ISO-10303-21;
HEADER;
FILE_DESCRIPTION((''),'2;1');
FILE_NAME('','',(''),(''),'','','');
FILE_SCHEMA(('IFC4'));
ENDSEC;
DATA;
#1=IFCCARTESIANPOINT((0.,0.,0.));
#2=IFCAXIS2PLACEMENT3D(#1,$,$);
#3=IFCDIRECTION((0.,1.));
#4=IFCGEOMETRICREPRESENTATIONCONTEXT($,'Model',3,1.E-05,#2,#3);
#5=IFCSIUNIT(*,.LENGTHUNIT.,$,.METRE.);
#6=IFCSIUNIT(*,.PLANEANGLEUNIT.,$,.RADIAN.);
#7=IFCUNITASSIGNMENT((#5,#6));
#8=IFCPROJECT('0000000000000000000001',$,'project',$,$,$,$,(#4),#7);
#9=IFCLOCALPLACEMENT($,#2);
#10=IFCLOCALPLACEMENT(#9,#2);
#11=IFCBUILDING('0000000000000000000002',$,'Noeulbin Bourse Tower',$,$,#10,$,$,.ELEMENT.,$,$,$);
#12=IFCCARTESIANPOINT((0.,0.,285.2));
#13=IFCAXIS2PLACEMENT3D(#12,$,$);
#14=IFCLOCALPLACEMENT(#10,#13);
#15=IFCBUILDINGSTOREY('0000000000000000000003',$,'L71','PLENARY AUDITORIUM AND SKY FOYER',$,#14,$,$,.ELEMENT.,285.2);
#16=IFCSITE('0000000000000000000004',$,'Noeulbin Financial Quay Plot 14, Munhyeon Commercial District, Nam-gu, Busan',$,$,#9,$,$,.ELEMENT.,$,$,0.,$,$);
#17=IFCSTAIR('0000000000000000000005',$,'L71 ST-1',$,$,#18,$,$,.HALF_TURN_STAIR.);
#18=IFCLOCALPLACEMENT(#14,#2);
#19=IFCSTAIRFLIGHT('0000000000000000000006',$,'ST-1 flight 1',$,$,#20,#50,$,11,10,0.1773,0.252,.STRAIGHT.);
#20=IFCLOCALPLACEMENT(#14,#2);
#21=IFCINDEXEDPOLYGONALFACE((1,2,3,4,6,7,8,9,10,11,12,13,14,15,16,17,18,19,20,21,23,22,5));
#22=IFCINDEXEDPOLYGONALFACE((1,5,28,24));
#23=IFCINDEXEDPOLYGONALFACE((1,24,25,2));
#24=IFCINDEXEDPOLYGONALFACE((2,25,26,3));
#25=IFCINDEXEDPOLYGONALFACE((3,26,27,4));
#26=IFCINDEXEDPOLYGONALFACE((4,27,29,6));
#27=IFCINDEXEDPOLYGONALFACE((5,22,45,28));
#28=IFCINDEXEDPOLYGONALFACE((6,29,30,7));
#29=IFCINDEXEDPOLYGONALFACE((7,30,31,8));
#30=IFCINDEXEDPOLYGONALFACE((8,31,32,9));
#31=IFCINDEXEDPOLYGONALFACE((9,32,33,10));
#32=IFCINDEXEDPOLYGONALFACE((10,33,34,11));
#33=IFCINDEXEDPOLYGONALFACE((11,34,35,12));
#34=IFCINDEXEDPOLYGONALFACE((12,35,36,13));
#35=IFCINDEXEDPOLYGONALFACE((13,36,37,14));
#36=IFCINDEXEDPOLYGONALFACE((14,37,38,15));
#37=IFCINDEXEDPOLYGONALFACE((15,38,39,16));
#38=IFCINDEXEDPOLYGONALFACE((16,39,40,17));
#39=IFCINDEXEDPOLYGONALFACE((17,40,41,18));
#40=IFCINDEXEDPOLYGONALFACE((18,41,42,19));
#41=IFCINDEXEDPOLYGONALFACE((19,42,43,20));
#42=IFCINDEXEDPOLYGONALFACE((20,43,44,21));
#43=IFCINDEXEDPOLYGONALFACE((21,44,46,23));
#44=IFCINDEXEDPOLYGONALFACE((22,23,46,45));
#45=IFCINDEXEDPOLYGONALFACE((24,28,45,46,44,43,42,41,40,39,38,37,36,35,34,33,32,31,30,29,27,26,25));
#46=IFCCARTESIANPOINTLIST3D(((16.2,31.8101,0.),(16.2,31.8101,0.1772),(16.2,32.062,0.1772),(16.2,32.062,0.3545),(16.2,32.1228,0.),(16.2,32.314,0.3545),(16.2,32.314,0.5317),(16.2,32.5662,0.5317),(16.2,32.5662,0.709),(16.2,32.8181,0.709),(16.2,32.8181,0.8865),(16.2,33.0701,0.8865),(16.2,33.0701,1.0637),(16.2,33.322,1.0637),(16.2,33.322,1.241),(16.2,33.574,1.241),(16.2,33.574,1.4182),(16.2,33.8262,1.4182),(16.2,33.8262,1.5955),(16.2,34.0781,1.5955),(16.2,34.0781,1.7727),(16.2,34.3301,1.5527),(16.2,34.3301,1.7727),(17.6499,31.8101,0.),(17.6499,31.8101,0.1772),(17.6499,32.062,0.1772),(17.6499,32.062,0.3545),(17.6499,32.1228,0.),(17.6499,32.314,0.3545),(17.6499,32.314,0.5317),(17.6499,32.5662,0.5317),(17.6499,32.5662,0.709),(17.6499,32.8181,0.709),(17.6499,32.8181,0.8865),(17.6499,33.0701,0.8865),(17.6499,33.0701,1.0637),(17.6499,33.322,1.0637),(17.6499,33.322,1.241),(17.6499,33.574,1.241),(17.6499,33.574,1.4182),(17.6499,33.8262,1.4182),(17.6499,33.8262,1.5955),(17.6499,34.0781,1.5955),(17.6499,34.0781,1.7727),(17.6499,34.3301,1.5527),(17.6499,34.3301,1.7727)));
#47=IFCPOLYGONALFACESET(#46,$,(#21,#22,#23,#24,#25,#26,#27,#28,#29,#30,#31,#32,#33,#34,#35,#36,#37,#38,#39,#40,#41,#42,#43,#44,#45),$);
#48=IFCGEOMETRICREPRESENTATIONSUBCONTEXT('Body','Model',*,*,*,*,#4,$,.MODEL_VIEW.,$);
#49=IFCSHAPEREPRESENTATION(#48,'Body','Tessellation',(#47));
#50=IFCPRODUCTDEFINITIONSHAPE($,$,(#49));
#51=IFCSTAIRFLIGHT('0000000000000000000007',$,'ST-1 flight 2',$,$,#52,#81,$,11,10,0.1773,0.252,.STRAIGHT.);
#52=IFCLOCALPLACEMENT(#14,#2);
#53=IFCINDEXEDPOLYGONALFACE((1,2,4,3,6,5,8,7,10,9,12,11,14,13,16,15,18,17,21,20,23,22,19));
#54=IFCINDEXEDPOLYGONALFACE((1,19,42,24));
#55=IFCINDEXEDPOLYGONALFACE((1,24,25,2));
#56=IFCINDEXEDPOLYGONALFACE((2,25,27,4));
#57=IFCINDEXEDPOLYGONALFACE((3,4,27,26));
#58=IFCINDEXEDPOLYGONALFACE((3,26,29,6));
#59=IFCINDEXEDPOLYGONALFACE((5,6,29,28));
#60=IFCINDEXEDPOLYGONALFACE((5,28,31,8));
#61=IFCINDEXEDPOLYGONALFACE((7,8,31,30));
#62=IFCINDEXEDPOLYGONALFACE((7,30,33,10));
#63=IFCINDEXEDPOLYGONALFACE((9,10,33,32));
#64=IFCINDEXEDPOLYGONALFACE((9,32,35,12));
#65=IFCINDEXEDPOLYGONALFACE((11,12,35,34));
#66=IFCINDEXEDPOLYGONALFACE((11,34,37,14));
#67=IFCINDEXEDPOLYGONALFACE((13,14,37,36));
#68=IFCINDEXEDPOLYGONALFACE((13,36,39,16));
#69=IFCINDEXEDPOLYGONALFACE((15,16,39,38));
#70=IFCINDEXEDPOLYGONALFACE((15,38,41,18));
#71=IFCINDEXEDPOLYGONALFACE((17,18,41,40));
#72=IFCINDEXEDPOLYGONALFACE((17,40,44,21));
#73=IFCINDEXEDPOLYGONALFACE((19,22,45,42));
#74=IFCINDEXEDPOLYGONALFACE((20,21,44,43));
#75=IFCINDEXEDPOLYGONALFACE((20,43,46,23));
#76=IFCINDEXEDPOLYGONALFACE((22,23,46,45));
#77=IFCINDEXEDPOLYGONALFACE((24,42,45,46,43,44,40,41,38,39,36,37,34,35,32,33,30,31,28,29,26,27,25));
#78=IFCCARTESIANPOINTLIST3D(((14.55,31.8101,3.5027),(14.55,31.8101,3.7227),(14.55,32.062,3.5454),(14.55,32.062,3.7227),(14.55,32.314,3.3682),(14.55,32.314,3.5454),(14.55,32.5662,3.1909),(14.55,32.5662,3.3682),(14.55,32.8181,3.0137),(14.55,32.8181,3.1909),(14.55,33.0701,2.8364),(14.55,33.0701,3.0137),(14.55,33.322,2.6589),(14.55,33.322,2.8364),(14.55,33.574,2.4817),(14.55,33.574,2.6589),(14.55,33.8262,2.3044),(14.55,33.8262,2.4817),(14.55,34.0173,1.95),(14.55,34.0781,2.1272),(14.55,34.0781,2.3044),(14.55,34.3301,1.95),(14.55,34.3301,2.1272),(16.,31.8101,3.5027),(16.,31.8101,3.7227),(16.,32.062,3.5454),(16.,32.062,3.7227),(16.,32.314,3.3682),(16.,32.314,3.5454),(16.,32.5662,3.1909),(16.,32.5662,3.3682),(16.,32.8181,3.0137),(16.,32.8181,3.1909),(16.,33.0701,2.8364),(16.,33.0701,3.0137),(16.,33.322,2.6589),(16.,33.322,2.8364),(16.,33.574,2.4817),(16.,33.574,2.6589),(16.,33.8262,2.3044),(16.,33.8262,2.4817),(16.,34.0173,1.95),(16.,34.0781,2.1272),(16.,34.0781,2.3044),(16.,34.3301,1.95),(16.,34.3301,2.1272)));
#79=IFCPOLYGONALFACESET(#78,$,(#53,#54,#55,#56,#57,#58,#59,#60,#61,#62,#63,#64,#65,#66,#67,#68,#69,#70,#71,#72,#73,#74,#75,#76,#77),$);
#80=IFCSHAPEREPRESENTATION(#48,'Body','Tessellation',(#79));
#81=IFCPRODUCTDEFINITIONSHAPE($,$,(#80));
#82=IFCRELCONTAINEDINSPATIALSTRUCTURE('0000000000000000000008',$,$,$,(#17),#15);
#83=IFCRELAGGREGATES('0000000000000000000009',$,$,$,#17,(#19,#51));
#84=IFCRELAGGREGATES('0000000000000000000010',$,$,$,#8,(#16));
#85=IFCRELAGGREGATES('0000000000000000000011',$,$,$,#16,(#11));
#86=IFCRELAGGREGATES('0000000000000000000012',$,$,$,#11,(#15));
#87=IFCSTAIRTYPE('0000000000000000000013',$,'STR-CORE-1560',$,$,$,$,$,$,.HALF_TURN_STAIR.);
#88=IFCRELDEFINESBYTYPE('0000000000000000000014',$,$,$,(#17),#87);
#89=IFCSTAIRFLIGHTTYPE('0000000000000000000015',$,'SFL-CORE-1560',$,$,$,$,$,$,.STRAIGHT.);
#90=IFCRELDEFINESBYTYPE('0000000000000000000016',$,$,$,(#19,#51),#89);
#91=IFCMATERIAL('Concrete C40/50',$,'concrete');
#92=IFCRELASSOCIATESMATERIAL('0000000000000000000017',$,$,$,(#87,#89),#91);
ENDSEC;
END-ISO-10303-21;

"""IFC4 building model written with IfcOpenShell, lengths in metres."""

from ifc_helpers import new_model, si_unit, direction, frame, origin, place, context, subcontext, project, spatial, polyline, outline, extrude, material, type_object, element, aggregate, save


model = new_model("IFC4")

# Units and contexts
model_context = context("Model", 3, precision=1e-05, world=origin(), true_north=direction((0.0, 1.0)))
body_context = subcontext(model_context, "Body", "Model", "MODEL_VIEW")
ifc_project = project(units=[si_unit("LENGTHUNIT", "METRE"), si_unit("PLANEANGLEUNIT", "RADIAN")], contexts=[model_context])

# Site, building, storey
site_placement = place(None, origin())
site = spatial("IfcSite", under=ifc_project, at=site_placement, Name="Noeulbin Financial Quay Plot 14, Munhyeon Commercial District, Nam-gu, Busan", CompositionType="ELEMENT", RefElevation=0.0)
building_placement = place(site_placement, origin())
building = spatial("IfcBuilding", under=site, at=building_placement, Name="Noeulbin Bourse Tower", CompositionType="ELEMENT")
storey_placement = place(building_placement, frame((0.0, 0.0, 285.2)))
storey = spatial("IfcBuildingStorey", under=building, at=storey_placement, Name="L71", Description="PLENARY AUDITORIUM AND SKY FOYER", CompositionType="ELEMENT", Elevation=285.2)

# Shared definitions
ifc_material_1 = material(Name="Concrete C40/50", Category="concrete")

# Stair, stair flights
stair_type = type_object("IfcStairType", Name="STR-CORE-1560", PredefinedType="HALF_TURN_STAIR", material=ifc_material_1)
stair_placement = place(storey_placement, origin())
stair = element("IfcStair", 1, at=stair_placement, inside=storey, type_object=stair_type, Name="L71 ST-1", PredefinedType="HALF_TURN_STAIR")
stair_flight_type = type_object("IfcStairFlightType", Name="SFL-CORE-1560", PredefinedType="STRAIGHT", material=ifc_material_1)
stair_flight_1_placement = place(storey_placement, frame((16.925, 31.8101, 0.0), z_axis=(0.0, 0.0, 1.0), x_axis=(0.0, 1.0, 0.0)))
stair_flight_1 = element("IfcStairFlight", 2, at=stair_flight_1_placement, type_object=stair_flight_type, Name="ST-1 flight 1", NumberOfRisers=11, NumberOfTreads=10, PredefinedType="STRAIGHT", RiserHeight=0.1773, TreadLength=0.252, context=body_context, shape_type="SweptSolid", body=[
    extrude(outline(polyline([(0.0, 0.0), (0.0, 0.1772), (0.252, 0.1772), (0.252, 0.3545), (0.5039, 0.3545), (0.5039, 0.5317), (0.7561, 0.5317), (0.7561, 0.709), (1.0081, 0.709), (1.0081, 0.8865), (1.26, 0.8865), (1.26, 1.0637), (1.512, 1.0637), (1.512, 1.241), (1.7639, 1.241), (1.7639, 1.4182), (2.0161, 1.4182), (2.0161, 1.5955), (2.2681, 1.5955), (2.2681, 1.7727), (2.52, 1.7727), (2.52, 1.95), (2.52, 1.5527), (0.3127, 0.0), (0.0, 0.0)])), frame((0.0, 0.7251, 0.0), z_axis=(0.0, -1.0, 0.0), x_axis=(1.0, 0.0, 0.0)), (0.0, 0.0, 1.0), 1.45),
])
stair_flight_2_placement = place(storey_placement, frame((15.2749, 34.3301, 1.95), z_axis=(0.0, 0.0, 1.0), x_axis=(0.0, -1.0, 0.0)))
stair_flight_2 = element("IfcStairFlight", 3, at=stair_flight_2_placement, type_object=stair_flight_type, Name="ST-1 flight 2", NumberOfRisers=11, NumberOfTreads=10, PredefinedType="STRAIGHT", RiserHeight=0.1773, TreadLength=0.252, context=body_context, shape_type="SweptSolid", body=[
    extrude(outline(polyline([(0.0, 0.0), (0.0, 0.1772), (0.252, 0.1772), (0.252, 0.3545), (0.5039, 0.3545), (0.5039, 0.5317), (0.7561, 0.5317), (0.7561, 0.709), (1.0081, 0.709), (1.0081, 0.8865), (1.26, 0.8865), (1.26, 1.0637), (1.512, 1.0637), (1.512, 1.241), (1.7639, 1.241), (1.7639, 1.4182), (2.0161, 1.4182), (2.0161, 1.5955), (2.2681, 1.5955), (2.2681, 1.7727), (2.52, 1.7727), (2.52, 1.95), (2.52, 1.5527), (0.3127, 0.0), (0.0, 0.0)])), frame((0.0, 0.7251, 0.0), z_axis=(0.0, -1.0, 0.0), x_axis=(1.0, 0.0, 0.0)), (0.0, 0.0, 1.0), 1.45),
])
aggregate(stair, [stair_flight_1, stair_flight_2])

save(model, "model.ifc")
